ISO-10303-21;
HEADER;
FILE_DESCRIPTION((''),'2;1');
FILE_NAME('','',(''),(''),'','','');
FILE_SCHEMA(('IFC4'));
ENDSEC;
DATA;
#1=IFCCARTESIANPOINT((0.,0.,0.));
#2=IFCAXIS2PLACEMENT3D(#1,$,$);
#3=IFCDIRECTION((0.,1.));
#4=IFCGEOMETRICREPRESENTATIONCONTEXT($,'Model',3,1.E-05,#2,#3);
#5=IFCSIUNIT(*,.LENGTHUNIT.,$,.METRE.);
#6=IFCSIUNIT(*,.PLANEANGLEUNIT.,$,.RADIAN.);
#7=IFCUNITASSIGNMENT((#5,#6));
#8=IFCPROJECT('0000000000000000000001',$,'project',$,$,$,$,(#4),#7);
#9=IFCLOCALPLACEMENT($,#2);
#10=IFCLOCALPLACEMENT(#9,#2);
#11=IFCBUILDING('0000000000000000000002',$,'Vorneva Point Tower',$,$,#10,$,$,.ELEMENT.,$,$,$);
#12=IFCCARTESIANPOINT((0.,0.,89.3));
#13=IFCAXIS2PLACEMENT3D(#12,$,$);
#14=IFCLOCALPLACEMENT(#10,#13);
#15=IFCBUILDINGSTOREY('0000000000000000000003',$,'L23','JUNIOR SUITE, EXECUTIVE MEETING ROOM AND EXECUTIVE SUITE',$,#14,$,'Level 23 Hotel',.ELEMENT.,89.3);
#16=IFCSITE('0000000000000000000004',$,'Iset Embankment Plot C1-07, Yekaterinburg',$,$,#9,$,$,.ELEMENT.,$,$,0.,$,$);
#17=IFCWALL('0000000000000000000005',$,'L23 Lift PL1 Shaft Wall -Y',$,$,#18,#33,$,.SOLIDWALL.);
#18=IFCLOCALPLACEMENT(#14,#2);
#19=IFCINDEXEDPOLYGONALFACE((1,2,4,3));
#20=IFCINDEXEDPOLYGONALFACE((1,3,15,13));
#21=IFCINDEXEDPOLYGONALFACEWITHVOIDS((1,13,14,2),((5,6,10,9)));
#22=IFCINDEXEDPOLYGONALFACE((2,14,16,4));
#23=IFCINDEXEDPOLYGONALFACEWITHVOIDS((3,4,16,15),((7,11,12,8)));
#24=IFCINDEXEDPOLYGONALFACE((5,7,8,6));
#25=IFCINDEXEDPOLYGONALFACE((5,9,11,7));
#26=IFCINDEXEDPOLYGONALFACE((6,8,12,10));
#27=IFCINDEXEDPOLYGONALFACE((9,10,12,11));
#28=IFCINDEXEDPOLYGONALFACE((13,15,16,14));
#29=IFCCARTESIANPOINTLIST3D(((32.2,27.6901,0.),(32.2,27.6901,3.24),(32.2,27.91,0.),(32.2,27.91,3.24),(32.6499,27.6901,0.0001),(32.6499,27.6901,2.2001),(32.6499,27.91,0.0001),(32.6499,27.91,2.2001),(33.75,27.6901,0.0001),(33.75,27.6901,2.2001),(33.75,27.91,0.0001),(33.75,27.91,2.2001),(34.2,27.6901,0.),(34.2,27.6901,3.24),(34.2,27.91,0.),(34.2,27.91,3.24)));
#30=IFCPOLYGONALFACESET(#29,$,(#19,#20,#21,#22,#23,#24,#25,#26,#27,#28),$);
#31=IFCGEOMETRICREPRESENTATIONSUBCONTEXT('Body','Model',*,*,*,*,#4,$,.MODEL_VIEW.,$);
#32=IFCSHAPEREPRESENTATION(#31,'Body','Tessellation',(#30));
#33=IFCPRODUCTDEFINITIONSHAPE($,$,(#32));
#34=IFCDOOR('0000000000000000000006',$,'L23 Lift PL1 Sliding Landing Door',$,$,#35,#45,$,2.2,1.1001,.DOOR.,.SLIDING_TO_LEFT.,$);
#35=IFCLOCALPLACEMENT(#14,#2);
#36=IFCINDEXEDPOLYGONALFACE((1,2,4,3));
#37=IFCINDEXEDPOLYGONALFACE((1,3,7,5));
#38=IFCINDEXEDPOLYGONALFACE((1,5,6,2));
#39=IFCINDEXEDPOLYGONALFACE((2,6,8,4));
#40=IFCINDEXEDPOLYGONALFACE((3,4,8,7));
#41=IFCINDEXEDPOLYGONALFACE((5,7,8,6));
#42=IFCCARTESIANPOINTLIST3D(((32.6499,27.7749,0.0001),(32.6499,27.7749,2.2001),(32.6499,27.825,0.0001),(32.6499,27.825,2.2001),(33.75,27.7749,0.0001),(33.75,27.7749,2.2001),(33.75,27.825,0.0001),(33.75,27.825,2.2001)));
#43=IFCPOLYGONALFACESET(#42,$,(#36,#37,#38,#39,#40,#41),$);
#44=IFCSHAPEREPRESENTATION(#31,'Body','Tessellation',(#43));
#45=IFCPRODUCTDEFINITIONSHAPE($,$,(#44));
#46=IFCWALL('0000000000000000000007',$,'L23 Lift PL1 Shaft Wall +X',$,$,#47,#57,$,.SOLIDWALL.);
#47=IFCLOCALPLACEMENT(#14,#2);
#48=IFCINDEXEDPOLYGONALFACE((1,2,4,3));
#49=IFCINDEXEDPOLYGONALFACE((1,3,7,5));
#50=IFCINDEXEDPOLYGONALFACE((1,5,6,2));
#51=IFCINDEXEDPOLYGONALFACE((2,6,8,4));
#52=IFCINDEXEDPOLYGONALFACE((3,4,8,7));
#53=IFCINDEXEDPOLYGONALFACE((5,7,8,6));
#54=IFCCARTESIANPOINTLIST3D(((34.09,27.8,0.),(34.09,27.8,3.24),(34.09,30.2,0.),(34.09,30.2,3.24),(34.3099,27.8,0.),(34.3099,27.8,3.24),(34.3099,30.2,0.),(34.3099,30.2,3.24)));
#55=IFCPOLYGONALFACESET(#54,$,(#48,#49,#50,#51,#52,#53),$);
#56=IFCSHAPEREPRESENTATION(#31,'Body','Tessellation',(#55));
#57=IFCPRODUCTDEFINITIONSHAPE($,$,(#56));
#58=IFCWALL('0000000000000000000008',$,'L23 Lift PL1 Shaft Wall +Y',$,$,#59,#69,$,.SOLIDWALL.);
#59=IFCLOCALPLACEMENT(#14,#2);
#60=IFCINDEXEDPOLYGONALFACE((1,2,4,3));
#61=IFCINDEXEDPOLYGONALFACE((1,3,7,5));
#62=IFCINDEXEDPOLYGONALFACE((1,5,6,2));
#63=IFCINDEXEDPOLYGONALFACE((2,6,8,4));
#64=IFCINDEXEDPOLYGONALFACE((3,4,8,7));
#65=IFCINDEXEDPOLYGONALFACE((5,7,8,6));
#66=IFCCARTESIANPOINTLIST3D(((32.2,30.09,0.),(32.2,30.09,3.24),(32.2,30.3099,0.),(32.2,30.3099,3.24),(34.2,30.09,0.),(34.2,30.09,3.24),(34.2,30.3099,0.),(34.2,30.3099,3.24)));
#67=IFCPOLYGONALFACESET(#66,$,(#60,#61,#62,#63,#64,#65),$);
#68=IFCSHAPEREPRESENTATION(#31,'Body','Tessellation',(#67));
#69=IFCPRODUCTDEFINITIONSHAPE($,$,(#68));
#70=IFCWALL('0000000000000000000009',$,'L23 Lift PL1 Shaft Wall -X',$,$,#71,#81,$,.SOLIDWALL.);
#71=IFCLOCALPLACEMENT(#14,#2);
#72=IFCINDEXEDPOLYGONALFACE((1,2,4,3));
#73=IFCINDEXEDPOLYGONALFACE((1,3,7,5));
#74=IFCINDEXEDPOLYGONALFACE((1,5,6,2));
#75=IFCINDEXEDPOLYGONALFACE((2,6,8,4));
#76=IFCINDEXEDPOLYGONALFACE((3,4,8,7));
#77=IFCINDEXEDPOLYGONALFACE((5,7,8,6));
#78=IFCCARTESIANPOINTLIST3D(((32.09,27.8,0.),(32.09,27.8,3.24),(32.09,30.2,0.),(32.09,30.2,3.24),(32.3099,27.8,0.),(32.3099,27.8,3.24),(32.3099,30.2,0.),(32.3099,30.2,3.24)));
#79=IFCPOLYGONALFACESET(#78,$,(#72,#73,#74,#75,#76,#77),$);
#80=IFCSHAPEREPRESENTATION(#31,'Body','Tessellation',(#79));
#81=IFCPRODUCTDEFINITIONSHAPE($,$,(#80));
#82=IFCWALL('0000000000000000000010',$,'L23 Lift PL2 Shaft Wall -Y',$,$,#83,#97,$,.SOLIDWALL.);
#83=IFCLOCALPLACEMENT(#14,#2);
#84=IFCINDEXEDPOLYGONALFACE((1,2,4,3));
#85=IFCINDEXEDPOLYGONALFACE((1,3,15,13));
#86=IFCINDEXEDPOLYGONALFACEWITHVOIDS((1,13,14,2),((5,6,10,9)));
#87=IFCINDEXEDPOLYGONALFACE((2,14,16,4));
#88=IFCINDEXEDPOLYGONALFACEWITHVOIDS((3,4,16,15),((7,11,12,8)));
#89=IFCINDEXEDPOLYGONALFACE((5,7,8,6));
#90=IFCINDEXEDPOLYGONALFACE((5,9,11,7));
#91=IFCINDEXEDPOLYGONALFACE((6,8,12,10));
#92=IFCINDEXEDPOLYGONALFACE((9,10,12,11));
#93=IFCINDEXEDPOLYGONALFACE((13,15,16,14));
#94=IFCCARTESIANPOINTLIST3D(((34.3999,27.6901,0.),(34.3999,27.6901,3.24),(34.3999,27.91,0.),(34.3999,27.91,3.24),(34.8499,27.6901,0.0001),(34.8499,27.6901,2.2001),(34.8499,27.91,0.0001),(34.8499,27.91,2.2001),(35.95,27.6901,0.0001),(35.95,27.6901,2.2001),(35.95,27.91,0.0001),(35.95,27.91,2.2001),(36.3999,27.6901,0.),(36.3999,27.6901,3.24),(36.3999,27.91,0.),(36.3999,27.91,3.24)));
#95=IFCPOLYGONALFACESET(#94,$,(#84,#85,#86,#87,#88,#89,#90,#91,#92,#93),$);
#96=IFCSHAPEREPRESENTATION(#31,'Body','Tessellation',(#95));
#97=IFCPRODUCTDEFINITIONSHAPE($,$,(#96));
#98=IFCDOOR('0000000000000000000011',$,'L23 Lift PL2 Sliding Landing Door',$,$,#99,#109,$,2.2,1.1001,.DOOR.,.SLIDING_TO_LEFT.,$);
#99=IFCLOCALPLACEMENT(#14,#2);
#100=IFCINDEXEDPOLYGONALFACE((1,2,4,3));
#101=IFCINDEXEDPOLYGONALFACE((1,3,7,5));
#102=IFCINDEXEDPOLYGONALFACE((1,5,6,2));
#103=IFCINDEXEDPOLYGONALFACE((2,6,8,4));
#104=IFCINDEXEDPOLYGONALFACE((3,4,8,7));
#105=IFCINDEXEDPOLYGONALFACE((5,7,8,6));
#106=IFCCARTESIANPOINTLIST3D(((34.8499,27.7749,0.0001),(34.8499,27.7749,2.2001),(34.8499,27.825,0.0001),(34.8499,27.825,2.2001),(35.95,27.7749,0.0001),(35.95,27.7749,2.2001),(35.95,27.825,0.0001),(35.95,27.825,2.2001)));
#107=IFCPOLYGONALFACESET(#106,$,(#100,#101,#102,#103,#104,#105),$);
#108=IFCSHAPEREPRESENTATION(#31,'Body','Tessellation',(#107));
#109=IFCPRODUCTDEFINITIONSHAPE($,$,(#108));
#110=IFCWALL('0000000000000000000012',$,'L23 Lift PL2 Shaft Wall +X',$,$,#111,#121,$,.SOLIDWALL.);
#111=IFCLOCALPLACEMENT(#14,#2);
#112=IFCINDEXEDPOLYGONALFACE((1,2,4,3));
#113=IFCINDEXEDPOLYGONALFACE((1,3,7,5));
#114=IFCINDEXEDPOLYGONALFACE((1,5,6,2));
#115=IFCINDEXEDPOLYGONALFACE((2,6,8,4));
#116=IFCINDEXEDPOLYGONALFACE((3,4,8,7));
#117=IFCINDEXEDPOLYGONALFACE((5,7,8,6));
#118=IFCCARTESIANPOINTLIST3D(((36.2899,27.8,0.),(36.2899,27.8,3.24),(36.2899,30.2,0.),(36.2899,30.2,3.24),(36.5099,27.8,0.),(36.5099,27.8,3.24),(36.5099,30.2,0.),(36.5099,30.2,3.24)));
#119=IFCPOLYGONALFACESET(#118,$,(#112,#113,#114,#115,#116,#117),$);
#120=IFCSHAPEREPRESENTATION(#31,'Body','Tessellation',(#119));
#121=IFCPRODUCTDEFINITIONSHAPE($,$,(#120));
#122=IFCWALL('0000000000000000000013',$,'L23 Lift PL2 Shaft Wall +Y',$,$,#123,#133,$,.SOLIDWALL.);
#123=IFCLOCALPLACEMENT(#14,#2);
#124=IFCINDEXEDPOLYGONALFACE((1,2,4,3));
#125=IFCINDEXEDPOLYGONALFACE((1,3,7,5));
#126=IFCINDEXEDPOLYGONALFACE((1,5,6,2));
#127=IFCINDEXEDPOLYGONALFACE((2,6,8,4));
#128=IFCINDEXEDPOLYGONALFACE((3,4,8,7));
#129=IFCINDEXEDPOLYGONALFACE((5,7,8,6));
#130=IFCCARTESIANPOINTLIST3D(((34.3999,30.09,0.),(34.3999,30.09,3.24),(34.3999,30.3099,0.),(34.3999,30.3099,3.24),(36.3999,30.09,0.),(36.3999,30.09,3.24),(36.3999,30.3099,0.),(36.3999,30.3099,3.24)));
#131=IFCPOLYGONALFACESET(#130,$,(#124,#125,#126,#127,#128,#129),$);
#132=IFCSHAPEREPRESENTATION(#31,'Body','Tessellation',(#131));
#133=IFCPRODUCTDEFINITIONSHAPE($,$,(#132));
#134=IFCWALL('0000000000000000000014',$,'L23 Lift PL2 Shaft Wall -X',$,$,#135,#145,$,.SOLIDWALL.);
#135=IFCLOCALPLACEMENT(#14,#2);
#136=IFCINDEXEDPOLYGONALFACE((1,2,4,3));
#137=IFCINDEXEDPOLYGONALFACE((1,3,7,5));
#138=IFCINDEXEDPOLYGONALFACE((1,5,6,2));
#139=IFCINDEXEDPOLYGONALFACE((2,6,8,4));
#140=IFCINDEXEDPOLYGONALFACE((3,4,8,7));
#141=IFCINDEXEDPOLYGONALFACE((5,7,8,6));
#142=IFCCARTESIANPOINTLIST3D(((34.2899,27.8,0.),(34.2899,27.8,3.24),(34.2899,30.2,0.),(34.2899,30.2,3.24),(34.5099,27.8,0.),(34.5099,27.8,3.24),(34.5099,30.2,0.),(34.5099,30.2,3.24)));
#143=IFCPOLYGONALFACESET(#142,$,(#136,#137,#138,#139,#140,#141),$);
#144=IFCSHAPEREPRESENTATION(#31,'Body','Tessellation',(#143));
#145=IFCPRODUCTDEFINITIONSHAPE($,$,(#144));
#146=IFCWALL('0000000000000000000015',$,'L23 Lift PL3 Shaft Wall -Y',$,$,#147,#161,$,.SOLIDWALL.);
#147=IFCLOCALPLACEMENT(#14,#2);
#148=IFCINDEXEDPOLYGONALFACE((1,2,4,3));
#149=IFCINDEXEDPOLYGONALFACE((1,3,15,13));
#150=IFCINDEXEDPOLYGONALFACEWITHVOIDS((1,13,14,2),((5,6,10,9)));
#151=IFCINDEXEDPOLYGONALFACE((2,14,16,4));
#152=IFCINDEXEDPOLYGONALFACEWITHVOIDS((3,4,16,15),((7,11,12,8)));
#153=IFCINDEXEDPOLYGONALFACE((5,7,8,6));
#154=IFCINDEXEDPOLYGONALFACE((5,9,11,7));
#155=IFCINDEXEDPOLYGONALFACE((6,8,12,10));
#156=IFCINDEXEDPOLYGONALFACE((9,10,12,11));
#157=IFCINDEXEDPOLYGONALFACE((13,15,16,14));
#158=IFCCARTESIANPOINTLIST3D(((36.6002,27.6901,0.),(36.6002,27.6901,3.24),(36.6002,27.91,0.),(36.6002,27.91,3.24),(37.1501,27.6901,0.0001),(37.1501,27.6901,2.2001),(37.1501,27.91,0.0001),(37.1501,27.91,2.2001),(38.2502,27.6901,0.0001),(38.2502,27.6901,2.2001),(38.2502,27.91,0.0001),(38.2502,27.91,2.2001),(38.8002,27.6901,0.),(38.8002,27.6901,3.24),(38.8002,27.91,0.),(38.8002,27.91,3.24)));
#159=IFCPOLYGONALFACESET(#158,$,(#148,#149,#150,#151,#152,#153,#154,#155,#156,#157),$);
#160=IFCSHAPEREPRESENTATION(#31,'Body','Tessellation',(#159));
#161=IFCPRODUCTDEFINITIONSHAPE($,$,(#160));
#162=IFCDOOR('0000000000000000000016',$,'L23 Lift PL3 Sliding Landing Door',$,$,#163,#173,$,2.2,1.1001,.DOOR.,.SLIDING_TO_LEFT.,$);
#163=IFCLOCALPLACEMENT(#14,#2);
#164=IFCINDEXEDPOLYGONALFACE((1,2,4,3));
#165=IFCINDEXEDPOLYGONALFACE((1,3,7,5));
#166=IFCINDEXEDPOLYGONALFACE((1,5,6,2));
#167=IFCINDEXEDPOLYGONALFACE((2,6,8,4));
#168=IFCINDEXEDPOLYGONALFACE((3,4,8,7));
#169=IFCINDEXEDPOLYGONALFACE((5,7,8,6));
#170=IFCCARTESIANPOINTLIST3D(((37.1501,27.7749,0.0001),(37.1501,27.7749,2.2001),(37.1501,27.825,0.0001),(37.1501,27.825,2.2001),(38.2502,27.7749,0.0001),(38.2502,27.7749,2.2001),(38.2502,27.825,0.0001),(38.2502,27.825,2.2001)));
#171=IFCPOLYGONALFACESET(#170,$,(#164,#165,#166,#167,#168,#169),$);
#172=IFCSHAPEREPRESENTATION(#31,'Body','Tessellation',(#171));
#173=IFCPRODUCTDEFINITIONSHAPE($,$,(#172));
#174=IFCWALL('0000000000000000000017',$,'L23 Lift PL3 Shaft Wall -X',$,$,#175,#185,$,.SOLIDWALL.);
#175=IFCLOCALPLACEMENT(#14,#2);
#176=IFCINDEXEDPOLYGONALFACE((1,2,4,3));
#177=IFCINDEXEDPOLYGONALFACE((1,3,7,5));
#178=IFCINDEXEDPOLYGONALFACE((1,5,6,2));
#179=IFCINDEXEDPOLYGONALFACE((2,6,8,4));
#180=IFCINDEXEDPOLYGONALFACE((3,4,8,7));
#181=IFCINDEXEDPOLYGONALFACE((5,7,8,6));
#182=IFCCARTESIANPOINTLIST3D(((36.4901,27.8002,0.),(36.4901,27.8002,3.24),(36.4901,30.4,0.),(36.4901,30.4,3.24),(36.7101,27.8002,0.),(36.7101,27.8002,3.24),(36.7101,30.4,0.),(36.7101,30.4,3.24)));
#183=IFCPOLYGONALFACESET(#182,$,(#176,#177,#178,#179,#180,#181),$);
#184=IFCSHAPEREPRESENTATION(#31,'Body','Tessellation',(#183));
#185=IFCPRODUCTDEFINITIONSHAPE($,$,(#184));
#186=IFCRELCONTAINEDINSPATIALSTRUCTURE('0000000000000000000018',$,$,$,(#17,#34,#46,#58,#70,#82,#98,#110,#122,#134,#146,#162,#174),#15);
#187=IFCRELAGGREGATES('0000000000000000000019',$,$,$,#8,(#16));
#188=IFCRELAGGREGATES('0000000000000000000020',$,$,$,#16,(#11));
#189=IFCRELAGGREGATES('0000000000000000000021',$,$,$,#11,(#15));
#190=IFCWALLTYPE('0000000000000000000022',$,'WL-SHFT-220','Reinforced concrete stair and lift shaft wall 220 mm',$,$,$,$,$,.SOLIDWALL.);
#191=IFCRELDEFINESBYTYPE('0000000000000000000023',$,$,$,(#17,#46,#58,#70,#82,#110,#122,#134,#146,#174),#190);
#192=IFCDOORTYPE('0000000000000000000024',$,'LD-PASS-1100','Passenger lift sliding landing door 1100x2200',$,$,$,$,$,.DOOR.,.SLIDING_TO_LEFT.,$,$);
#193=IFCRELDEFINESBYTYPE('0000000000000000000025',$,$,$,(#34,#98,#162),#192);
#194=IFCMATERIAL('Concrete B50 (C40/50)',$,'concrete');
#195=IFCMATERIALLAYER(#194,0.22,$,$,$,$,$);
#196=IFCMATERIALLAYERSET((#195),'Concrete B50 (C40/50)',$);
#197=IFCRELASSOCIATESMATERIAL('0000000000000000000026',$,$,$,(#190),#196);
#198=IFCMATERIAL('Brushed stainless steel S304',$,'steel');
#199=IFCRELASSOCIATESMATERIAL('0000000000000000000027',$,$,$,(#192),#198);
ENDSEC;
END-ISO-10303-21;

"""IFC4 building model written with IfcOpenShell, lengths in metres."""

from ifc_helpers import new_model, si_unit, direction, frame, frame_2d, origin, place, context, subcontext, project, spatial, rectangle, extrude, material, layer, layer_set, type_object, element, fill, save


model = new_model("IFC4")

# Units and contexts
model_context = context("Model", 3, precision=1e-05, world=origin(), true_north=direction((0.0, 1.0)))
body_context = subcontext(model_context, "Body", "Model", "MODEL_VIEW")
ifc_project = project(units=[si_unit("LENGTHUNIT", "METRE"), si_unit("PLANEANGLEUNIT", "RADIAN")], contexts=[model_context])

# Site, building, storey
site_placement = place(None, origin())
site = spatial("IfcSite", under=ifc_project, at=site_placement, Name="Iset Embankment Plot C1-07, Yekaterinburg", CompositionType="ELEMENT", RefElevation=0.0)
building_placement = place(site_placement, origin())
building = spatial("IfcBuilding", under=site, at=building_placement, Name="Vorneva Point Tower", CompositionType="ELEMENT")
storey_placement = place(building_placement, frame((0.0, 0.0, 89.3)))
storey = spatial("IfcBuildingStorey", under=building, at=storey_placement, Name="L23", Description="JUNIOR SUITE, EXECUTIVE MEETING ROOM AND EXECUTIVE SUITE", LongName="Level 23 Hotel", CompositionType="ELEMENT", Elevation=89.3)

# Shared definitions
ifc_material_1 = material(Name="Brushed stainless steel S304", Category="steel")

# Wall, opening, door
ifc_material_2 = material(Name="Concrete B50 (C40/50)", Category="concrete")
ifc_layer_1 = layer(ifc_material_2, 0.22)
ifc_layer_set_1 = layer_set([ifc_layer_1], Name="Concrete B50 (C40/50)")
wall_type_1 = type_object("IfcWallType", Name="WL-SHFT-220", Description="Reinforced concrete stair and lift shaft wall 220 mm", PredefinedType="SOLIDWALL", material=ifc_layer_set_1)
wall_1_placement = place(storey_placement, frame((32.2, 27.8, 0.0), z_axis=(0.0, 0.0, 1.0), x_axis=(1.0, 0.0, 0.0)))
wall_1 = element("IfcWall", 1, at=wall_1_placement, inside=storey, type_object=wall_type_1, Name="L23 Lift PL1 Shaft Wall -Y", PredefinedType="SOLIDWALL", context=body_context, shape_type="SweptSolid", body=[
    extrude(rectangle(XDim=2.0, YDim=0.22, at=frame_2d((1.0, 0.0))), origin(), (0.0, 0.0, 1.0), 3.24),
])
opening_1_placement = place(wall_1_placement, frame((0.45, 0.0, 0.0)))
opening_1 = element("IfcOpeningElement", 2, at=opening_1_placement, cuts=wall_1, PredefinedType="OPENING", context=body_context, shape_type="SweptSolid", body=[
    extrude(rectangle(XDim=1.1001, YDim=2.2, at=frame_2d((0.55, 1.1001))), frame((0.0, 0.125, 0.0), z_axis=(0.0, -1.0, 0.0), x_axis=(1.0, 0.0, 0.0)), (0.0, 0.0, 1.0), 0.2498),
])
door_type_1 = type_object("IfcDoorType", Name="LD-PASS-1100", Description="Passenger lift sliding landing door 1100x2200", OperationType="SLIDING_TO_LEFT", PredefinedType="DOOR", material=ifc_material_1)
door_1_placement = place(opening_1_placement, origin())
door_1 = element("IfcDoor", 3, at=door_1_placement, inside=storey, type_object=door_type_1, Name="L23 Lift PL1 Sliding Landing Door", OperationType="SLIDING_TO_LEFT", OverallHeight=2.2, OverallWidth=1.1001, PredefinedType="DOOR", context=body_context, shape_type="SweptSolid", body=[
    extrude(rectangle(XDim=1.1001, YDim=2.2, at=frame_2d((0.55, 1.1001))), frame((0.0, 0.0249, 0.0), z_axis=(0.0, -1.0, 0.0), x_axis=(1.0, 0.0, 0.0)), (0.0, 0.0, 1.0), 0.05),
])
fill(opening_1, door_1)

# Walls
wall_2_placement = place(storey_placement, frame((34.2, 27.8, 0.0), z_axis=(0.0, 0.0, 1.0), x_axis=(0.0, 1.0, 0.0)))
element("IfcWall", 4, at=wall_2_placement, inside=storey, type_object=wall_type_1, Name="L23 Lift PL1 Shaft Wall +X", PredefinedType="SOLIDWALL", context=body_context, shape_type="SweptSolid", body=[
    extrude(rectangle(XDim=2.3999, YDim=0.22, at=frame_2d((1.2, 0.0))), origin(), (0.0, 0.0, 1.0), 3.24),
])
wall_3_placement = place(storey_placement, frame((34.2, 30.2, 0.0), z_axis=(0.0, 0.0, 1.0), x_axis=(-1.0, 0.0, 0.0)))
element("IfcWall", 5, at=wall_3_placement, inside=storey, type_object=wall_type_1, Name="L23 Lift PL1 Shaft Wall +Y", PredefinedType="SOLIDWALL", context=body_context, shape_type="SweptSolid", body=[
    extrude(rectangle(XDim=2.0, YDim=0.22, at=frame_2d((1.0, 0.0))), origin(), (0.0, 0.0, 1.0), 3.24),
])
wall_4_placement = place(storey_placement, frame((32.2, 30.2, 0.0), z_axis=(0.0, 0.0, 1.0), x_axis=(0.0, -1.0, 0.0)))
element("IfcWall", 6, at=wall_4_placement, inside=storey, type_object=wall_type_1, Name="L23 Lift PL1 Shaft Wall -X", PredefinedType="SOLIDWALL", context=body_context, shape_type="SweptSolid", body=[
    extrude(rectangle(XDim=2.3999, YDim=0.22, at=frame_2d((1.2, 0.0))), origin(), (0.0, 0.0, 1.0), 3.24),
])

# Wall, opening, door
wall_5_placement = place(storey_placement, frame((34.3999, 27.8, 0.0), z_axis=(0.0, 0.0, 1.0), x_axis=(1.0, 0.0, 0.0)))
wall_5 = element("IfcWall", 7, at=wall_5_placement, inside=storey, type_object=wall_type_1, Name="L23 Lift PL2 Shaft Wall -Y", PredefinedType="SOLIDWALL", context=body_context, shape_type="SweptSolid", body=[
    extrude(rectangle(XDim=2.0, YDim=0.22, at=frame_2d((1.0, 0.0))), origin(), (0.0, 0.0, 1.0), 3.24),
])
opening_2_placement = place(wall_5_placement, frame((0.45, 0.0, 0.0)))
opening_2 = element("IfcOpeningElement", 8, at=opening_2_placement, cuts=wall_5, PredefinedType="OPENING", context=body_context, shape_type="SweptSolid", body=[
    extrude(rectangle(XDim=1.1001, YDim=2.2, at=frame_2d((0.55, 1.1001))), frame((0.0, 0.125, 0.0), z_axis=(0.0, -1.0, 0.0), x_axis=(1.0, 0.0, 0.0)), (0.0, 0.0, 1.0), 0.2498),
])
door_2_placement = place(opening_2_placement, origin())
door_2 = element("IfcDoor", 9, at=door_2_placement, inside=storey, type_object=door_type_1, Name="L23 Lift PL2 Sliding Landing Door", OperationType="SLIDING_TO_LEFT", OverallHeight=2.2, OverallWidth=1.1001, PredefinedType="DOOR", context=body_context, shape_type="SweptSolid", body=[
    extrude(rectangle(XDim=1.1001, YDim=2.2, at=frame_2d((0.55, 1.1001))), frame((0.0, 0.0249, 0.0), z_axis=(0.0, -1.0, 0.0), x_axis=(1.0, 0.0, 0.0)), (0.0, 0.0, 1.0), 0.05),
])
fill(opening_2, door_2)

# Walls
wall_6_placement = place(storey_placement, frame((36.3999, 27.8, 0.0), z_axis=(0.0, 0.0, 1.0), x_axis=(0.0, 1.0, 0.0)))
element("IfcWall", 10, at=wall_6_placement, inside=storey, type_object=wall_type_1, Name="L23 Lift PL2 Shaft Wall +X", PredefinedType="SOLIDWALL", context=body_context, shape_type="SweptSolid", body=[
    extrude(rectangle(XDim=2.3999, YDim=0.22, at=frame_2d((1.2, 0.0))), origin(), (0.0, 0.0, 1.0), 3.24),
])
wall_7_placement = place(storey_placement, frame((36.3999, 30.2, 0.0), z_axis=(0.0, 0.0, 1.0), x_axis=(-1.0, 0.0, 0.0)))
element("IfcWall", 11, at=wall_7_placement, inside=storey, type_object=wall_type_1, Name="L23 Lift PL2 Shaft Wall +Y", PredefinedType="SOLIDWALL", context=body_context, shape_type="SweptSolid", body=[
    extrude(rectangle(XDim=2.0, YDim=0.22, at=frame_2d((1.0, 0.0))), origin(), (0.0, 0.0, 1.0), 3.24),
])
wall_8_placement = place(storey_placement, frame((34.3999, 30.2, 0.0), z_axis=(0.0, 0.0, 1.0), x_axis=(0.0, -1.0, 0.0)))
element("IfcWall", 12, at=wall_8_placement, inside=storey, type_object=wall_type_1, Name="L23 Lift PL2 Shaft Wall -X", PredefinedType="SOLIDWALL", context=body_context, shape_type="SweptSolid", body=[
    extrude(rectangle(XDim=2.3999, YDim=0.22, at=frame_2d((1.2, 0.0))), origin(), (0.0, 0.0, 1.0), 3.24),
])

# Wall, opening, door
wall_9_placement = place(storey_placement, frame((36.6001, 27.8, 0.0), z_axis=(0.0, 0.0, 1.0), x_axis=(1.0, 0.0, 0.0)))
wall_9 = element("IfcWall", 13, at=wall_9_placement, inside=storey, type_object=wall_type_1, Name="L23 Lift PL3 Shaft Wall -Y", PredefinedType="SOLIDWALL", context=body_context, shape_type="SweptSolid", body=[
    extrude(rectangle(XDim=2.2, YDim=0.22, at=frame_2d((1.1001, 0.0))), origin(), (0.0, 0.0, 1.0), 3.24),
])
opening_3_placement = place(wall_9_placement, frame((0.55, 0.0, 0.0)))
opening_3 = element("IfcOpeningElement", 14, at=opening_3_placement, cuts=wall_9, PredefinedType="OPENING", context=body_context, shape_type="SweptSolid", body=[
    extrude(rectangle(XDim=1.1001, YDim=2.2, at=frame_2d((0.55, 1.1001))), frame((0.0, 0.125, 0.0), z_axis=(0.0, -1.0, 0.0), x_axis=(1.0, 0.0, 0.0)), (0.0, 0.0, 1.0), 0.2498),
])
door_3_placement = place(opening_3_placement, origin())
door_3 = element("IfcDoor", 15, at=door_3_placement, inside=storey, type_object=door_type_1, Name="L23 Lift PL3 Sliding Landing Door", OperationType="SLIDING_TO_LEFT", OverallHeight=2.2, OverallWidth=1.1001, PredefinedType="DOOR", context=body_context, shape_type="SweptSolid", body=[
    extrude(rectangle(XDim=1.1001, YDim=2.2, at=frame_2d((0.55, 1.1001))), frame((0.0, 0.0249, 0.0), z_axis=(0.0, -1.0, 0.0), x_axis=(1.0, 0.0, 0.0)), (0.0, 0.0, 1.0), 0.05),
])
fill(opening_3, door_3)

# Wall
wall_10_placement = place(storey_placement, frame((36.6001, 30.3999, 0.0), z_axis=(0.0, 0.0, 1.0), x_axis=(0.0, -1.0, 0.0)))
element("IfcWall", 16, at=wall_10_placement, inside=storey, type_object=wall_type_1, Name="L23 Lift PL3 Shaft Wall -X", PredefinedType="SOLIDWALL", context=body_context, shape_type="SweptSolid", body=[
    extrude(rectangle(XDim=2.5999, YDim=0.22, at=frame_2d((1.2998, 0.0))), origin(), (0.0, 0.0, 1.0), 3.24),
])

save(model, "model.ifc")
